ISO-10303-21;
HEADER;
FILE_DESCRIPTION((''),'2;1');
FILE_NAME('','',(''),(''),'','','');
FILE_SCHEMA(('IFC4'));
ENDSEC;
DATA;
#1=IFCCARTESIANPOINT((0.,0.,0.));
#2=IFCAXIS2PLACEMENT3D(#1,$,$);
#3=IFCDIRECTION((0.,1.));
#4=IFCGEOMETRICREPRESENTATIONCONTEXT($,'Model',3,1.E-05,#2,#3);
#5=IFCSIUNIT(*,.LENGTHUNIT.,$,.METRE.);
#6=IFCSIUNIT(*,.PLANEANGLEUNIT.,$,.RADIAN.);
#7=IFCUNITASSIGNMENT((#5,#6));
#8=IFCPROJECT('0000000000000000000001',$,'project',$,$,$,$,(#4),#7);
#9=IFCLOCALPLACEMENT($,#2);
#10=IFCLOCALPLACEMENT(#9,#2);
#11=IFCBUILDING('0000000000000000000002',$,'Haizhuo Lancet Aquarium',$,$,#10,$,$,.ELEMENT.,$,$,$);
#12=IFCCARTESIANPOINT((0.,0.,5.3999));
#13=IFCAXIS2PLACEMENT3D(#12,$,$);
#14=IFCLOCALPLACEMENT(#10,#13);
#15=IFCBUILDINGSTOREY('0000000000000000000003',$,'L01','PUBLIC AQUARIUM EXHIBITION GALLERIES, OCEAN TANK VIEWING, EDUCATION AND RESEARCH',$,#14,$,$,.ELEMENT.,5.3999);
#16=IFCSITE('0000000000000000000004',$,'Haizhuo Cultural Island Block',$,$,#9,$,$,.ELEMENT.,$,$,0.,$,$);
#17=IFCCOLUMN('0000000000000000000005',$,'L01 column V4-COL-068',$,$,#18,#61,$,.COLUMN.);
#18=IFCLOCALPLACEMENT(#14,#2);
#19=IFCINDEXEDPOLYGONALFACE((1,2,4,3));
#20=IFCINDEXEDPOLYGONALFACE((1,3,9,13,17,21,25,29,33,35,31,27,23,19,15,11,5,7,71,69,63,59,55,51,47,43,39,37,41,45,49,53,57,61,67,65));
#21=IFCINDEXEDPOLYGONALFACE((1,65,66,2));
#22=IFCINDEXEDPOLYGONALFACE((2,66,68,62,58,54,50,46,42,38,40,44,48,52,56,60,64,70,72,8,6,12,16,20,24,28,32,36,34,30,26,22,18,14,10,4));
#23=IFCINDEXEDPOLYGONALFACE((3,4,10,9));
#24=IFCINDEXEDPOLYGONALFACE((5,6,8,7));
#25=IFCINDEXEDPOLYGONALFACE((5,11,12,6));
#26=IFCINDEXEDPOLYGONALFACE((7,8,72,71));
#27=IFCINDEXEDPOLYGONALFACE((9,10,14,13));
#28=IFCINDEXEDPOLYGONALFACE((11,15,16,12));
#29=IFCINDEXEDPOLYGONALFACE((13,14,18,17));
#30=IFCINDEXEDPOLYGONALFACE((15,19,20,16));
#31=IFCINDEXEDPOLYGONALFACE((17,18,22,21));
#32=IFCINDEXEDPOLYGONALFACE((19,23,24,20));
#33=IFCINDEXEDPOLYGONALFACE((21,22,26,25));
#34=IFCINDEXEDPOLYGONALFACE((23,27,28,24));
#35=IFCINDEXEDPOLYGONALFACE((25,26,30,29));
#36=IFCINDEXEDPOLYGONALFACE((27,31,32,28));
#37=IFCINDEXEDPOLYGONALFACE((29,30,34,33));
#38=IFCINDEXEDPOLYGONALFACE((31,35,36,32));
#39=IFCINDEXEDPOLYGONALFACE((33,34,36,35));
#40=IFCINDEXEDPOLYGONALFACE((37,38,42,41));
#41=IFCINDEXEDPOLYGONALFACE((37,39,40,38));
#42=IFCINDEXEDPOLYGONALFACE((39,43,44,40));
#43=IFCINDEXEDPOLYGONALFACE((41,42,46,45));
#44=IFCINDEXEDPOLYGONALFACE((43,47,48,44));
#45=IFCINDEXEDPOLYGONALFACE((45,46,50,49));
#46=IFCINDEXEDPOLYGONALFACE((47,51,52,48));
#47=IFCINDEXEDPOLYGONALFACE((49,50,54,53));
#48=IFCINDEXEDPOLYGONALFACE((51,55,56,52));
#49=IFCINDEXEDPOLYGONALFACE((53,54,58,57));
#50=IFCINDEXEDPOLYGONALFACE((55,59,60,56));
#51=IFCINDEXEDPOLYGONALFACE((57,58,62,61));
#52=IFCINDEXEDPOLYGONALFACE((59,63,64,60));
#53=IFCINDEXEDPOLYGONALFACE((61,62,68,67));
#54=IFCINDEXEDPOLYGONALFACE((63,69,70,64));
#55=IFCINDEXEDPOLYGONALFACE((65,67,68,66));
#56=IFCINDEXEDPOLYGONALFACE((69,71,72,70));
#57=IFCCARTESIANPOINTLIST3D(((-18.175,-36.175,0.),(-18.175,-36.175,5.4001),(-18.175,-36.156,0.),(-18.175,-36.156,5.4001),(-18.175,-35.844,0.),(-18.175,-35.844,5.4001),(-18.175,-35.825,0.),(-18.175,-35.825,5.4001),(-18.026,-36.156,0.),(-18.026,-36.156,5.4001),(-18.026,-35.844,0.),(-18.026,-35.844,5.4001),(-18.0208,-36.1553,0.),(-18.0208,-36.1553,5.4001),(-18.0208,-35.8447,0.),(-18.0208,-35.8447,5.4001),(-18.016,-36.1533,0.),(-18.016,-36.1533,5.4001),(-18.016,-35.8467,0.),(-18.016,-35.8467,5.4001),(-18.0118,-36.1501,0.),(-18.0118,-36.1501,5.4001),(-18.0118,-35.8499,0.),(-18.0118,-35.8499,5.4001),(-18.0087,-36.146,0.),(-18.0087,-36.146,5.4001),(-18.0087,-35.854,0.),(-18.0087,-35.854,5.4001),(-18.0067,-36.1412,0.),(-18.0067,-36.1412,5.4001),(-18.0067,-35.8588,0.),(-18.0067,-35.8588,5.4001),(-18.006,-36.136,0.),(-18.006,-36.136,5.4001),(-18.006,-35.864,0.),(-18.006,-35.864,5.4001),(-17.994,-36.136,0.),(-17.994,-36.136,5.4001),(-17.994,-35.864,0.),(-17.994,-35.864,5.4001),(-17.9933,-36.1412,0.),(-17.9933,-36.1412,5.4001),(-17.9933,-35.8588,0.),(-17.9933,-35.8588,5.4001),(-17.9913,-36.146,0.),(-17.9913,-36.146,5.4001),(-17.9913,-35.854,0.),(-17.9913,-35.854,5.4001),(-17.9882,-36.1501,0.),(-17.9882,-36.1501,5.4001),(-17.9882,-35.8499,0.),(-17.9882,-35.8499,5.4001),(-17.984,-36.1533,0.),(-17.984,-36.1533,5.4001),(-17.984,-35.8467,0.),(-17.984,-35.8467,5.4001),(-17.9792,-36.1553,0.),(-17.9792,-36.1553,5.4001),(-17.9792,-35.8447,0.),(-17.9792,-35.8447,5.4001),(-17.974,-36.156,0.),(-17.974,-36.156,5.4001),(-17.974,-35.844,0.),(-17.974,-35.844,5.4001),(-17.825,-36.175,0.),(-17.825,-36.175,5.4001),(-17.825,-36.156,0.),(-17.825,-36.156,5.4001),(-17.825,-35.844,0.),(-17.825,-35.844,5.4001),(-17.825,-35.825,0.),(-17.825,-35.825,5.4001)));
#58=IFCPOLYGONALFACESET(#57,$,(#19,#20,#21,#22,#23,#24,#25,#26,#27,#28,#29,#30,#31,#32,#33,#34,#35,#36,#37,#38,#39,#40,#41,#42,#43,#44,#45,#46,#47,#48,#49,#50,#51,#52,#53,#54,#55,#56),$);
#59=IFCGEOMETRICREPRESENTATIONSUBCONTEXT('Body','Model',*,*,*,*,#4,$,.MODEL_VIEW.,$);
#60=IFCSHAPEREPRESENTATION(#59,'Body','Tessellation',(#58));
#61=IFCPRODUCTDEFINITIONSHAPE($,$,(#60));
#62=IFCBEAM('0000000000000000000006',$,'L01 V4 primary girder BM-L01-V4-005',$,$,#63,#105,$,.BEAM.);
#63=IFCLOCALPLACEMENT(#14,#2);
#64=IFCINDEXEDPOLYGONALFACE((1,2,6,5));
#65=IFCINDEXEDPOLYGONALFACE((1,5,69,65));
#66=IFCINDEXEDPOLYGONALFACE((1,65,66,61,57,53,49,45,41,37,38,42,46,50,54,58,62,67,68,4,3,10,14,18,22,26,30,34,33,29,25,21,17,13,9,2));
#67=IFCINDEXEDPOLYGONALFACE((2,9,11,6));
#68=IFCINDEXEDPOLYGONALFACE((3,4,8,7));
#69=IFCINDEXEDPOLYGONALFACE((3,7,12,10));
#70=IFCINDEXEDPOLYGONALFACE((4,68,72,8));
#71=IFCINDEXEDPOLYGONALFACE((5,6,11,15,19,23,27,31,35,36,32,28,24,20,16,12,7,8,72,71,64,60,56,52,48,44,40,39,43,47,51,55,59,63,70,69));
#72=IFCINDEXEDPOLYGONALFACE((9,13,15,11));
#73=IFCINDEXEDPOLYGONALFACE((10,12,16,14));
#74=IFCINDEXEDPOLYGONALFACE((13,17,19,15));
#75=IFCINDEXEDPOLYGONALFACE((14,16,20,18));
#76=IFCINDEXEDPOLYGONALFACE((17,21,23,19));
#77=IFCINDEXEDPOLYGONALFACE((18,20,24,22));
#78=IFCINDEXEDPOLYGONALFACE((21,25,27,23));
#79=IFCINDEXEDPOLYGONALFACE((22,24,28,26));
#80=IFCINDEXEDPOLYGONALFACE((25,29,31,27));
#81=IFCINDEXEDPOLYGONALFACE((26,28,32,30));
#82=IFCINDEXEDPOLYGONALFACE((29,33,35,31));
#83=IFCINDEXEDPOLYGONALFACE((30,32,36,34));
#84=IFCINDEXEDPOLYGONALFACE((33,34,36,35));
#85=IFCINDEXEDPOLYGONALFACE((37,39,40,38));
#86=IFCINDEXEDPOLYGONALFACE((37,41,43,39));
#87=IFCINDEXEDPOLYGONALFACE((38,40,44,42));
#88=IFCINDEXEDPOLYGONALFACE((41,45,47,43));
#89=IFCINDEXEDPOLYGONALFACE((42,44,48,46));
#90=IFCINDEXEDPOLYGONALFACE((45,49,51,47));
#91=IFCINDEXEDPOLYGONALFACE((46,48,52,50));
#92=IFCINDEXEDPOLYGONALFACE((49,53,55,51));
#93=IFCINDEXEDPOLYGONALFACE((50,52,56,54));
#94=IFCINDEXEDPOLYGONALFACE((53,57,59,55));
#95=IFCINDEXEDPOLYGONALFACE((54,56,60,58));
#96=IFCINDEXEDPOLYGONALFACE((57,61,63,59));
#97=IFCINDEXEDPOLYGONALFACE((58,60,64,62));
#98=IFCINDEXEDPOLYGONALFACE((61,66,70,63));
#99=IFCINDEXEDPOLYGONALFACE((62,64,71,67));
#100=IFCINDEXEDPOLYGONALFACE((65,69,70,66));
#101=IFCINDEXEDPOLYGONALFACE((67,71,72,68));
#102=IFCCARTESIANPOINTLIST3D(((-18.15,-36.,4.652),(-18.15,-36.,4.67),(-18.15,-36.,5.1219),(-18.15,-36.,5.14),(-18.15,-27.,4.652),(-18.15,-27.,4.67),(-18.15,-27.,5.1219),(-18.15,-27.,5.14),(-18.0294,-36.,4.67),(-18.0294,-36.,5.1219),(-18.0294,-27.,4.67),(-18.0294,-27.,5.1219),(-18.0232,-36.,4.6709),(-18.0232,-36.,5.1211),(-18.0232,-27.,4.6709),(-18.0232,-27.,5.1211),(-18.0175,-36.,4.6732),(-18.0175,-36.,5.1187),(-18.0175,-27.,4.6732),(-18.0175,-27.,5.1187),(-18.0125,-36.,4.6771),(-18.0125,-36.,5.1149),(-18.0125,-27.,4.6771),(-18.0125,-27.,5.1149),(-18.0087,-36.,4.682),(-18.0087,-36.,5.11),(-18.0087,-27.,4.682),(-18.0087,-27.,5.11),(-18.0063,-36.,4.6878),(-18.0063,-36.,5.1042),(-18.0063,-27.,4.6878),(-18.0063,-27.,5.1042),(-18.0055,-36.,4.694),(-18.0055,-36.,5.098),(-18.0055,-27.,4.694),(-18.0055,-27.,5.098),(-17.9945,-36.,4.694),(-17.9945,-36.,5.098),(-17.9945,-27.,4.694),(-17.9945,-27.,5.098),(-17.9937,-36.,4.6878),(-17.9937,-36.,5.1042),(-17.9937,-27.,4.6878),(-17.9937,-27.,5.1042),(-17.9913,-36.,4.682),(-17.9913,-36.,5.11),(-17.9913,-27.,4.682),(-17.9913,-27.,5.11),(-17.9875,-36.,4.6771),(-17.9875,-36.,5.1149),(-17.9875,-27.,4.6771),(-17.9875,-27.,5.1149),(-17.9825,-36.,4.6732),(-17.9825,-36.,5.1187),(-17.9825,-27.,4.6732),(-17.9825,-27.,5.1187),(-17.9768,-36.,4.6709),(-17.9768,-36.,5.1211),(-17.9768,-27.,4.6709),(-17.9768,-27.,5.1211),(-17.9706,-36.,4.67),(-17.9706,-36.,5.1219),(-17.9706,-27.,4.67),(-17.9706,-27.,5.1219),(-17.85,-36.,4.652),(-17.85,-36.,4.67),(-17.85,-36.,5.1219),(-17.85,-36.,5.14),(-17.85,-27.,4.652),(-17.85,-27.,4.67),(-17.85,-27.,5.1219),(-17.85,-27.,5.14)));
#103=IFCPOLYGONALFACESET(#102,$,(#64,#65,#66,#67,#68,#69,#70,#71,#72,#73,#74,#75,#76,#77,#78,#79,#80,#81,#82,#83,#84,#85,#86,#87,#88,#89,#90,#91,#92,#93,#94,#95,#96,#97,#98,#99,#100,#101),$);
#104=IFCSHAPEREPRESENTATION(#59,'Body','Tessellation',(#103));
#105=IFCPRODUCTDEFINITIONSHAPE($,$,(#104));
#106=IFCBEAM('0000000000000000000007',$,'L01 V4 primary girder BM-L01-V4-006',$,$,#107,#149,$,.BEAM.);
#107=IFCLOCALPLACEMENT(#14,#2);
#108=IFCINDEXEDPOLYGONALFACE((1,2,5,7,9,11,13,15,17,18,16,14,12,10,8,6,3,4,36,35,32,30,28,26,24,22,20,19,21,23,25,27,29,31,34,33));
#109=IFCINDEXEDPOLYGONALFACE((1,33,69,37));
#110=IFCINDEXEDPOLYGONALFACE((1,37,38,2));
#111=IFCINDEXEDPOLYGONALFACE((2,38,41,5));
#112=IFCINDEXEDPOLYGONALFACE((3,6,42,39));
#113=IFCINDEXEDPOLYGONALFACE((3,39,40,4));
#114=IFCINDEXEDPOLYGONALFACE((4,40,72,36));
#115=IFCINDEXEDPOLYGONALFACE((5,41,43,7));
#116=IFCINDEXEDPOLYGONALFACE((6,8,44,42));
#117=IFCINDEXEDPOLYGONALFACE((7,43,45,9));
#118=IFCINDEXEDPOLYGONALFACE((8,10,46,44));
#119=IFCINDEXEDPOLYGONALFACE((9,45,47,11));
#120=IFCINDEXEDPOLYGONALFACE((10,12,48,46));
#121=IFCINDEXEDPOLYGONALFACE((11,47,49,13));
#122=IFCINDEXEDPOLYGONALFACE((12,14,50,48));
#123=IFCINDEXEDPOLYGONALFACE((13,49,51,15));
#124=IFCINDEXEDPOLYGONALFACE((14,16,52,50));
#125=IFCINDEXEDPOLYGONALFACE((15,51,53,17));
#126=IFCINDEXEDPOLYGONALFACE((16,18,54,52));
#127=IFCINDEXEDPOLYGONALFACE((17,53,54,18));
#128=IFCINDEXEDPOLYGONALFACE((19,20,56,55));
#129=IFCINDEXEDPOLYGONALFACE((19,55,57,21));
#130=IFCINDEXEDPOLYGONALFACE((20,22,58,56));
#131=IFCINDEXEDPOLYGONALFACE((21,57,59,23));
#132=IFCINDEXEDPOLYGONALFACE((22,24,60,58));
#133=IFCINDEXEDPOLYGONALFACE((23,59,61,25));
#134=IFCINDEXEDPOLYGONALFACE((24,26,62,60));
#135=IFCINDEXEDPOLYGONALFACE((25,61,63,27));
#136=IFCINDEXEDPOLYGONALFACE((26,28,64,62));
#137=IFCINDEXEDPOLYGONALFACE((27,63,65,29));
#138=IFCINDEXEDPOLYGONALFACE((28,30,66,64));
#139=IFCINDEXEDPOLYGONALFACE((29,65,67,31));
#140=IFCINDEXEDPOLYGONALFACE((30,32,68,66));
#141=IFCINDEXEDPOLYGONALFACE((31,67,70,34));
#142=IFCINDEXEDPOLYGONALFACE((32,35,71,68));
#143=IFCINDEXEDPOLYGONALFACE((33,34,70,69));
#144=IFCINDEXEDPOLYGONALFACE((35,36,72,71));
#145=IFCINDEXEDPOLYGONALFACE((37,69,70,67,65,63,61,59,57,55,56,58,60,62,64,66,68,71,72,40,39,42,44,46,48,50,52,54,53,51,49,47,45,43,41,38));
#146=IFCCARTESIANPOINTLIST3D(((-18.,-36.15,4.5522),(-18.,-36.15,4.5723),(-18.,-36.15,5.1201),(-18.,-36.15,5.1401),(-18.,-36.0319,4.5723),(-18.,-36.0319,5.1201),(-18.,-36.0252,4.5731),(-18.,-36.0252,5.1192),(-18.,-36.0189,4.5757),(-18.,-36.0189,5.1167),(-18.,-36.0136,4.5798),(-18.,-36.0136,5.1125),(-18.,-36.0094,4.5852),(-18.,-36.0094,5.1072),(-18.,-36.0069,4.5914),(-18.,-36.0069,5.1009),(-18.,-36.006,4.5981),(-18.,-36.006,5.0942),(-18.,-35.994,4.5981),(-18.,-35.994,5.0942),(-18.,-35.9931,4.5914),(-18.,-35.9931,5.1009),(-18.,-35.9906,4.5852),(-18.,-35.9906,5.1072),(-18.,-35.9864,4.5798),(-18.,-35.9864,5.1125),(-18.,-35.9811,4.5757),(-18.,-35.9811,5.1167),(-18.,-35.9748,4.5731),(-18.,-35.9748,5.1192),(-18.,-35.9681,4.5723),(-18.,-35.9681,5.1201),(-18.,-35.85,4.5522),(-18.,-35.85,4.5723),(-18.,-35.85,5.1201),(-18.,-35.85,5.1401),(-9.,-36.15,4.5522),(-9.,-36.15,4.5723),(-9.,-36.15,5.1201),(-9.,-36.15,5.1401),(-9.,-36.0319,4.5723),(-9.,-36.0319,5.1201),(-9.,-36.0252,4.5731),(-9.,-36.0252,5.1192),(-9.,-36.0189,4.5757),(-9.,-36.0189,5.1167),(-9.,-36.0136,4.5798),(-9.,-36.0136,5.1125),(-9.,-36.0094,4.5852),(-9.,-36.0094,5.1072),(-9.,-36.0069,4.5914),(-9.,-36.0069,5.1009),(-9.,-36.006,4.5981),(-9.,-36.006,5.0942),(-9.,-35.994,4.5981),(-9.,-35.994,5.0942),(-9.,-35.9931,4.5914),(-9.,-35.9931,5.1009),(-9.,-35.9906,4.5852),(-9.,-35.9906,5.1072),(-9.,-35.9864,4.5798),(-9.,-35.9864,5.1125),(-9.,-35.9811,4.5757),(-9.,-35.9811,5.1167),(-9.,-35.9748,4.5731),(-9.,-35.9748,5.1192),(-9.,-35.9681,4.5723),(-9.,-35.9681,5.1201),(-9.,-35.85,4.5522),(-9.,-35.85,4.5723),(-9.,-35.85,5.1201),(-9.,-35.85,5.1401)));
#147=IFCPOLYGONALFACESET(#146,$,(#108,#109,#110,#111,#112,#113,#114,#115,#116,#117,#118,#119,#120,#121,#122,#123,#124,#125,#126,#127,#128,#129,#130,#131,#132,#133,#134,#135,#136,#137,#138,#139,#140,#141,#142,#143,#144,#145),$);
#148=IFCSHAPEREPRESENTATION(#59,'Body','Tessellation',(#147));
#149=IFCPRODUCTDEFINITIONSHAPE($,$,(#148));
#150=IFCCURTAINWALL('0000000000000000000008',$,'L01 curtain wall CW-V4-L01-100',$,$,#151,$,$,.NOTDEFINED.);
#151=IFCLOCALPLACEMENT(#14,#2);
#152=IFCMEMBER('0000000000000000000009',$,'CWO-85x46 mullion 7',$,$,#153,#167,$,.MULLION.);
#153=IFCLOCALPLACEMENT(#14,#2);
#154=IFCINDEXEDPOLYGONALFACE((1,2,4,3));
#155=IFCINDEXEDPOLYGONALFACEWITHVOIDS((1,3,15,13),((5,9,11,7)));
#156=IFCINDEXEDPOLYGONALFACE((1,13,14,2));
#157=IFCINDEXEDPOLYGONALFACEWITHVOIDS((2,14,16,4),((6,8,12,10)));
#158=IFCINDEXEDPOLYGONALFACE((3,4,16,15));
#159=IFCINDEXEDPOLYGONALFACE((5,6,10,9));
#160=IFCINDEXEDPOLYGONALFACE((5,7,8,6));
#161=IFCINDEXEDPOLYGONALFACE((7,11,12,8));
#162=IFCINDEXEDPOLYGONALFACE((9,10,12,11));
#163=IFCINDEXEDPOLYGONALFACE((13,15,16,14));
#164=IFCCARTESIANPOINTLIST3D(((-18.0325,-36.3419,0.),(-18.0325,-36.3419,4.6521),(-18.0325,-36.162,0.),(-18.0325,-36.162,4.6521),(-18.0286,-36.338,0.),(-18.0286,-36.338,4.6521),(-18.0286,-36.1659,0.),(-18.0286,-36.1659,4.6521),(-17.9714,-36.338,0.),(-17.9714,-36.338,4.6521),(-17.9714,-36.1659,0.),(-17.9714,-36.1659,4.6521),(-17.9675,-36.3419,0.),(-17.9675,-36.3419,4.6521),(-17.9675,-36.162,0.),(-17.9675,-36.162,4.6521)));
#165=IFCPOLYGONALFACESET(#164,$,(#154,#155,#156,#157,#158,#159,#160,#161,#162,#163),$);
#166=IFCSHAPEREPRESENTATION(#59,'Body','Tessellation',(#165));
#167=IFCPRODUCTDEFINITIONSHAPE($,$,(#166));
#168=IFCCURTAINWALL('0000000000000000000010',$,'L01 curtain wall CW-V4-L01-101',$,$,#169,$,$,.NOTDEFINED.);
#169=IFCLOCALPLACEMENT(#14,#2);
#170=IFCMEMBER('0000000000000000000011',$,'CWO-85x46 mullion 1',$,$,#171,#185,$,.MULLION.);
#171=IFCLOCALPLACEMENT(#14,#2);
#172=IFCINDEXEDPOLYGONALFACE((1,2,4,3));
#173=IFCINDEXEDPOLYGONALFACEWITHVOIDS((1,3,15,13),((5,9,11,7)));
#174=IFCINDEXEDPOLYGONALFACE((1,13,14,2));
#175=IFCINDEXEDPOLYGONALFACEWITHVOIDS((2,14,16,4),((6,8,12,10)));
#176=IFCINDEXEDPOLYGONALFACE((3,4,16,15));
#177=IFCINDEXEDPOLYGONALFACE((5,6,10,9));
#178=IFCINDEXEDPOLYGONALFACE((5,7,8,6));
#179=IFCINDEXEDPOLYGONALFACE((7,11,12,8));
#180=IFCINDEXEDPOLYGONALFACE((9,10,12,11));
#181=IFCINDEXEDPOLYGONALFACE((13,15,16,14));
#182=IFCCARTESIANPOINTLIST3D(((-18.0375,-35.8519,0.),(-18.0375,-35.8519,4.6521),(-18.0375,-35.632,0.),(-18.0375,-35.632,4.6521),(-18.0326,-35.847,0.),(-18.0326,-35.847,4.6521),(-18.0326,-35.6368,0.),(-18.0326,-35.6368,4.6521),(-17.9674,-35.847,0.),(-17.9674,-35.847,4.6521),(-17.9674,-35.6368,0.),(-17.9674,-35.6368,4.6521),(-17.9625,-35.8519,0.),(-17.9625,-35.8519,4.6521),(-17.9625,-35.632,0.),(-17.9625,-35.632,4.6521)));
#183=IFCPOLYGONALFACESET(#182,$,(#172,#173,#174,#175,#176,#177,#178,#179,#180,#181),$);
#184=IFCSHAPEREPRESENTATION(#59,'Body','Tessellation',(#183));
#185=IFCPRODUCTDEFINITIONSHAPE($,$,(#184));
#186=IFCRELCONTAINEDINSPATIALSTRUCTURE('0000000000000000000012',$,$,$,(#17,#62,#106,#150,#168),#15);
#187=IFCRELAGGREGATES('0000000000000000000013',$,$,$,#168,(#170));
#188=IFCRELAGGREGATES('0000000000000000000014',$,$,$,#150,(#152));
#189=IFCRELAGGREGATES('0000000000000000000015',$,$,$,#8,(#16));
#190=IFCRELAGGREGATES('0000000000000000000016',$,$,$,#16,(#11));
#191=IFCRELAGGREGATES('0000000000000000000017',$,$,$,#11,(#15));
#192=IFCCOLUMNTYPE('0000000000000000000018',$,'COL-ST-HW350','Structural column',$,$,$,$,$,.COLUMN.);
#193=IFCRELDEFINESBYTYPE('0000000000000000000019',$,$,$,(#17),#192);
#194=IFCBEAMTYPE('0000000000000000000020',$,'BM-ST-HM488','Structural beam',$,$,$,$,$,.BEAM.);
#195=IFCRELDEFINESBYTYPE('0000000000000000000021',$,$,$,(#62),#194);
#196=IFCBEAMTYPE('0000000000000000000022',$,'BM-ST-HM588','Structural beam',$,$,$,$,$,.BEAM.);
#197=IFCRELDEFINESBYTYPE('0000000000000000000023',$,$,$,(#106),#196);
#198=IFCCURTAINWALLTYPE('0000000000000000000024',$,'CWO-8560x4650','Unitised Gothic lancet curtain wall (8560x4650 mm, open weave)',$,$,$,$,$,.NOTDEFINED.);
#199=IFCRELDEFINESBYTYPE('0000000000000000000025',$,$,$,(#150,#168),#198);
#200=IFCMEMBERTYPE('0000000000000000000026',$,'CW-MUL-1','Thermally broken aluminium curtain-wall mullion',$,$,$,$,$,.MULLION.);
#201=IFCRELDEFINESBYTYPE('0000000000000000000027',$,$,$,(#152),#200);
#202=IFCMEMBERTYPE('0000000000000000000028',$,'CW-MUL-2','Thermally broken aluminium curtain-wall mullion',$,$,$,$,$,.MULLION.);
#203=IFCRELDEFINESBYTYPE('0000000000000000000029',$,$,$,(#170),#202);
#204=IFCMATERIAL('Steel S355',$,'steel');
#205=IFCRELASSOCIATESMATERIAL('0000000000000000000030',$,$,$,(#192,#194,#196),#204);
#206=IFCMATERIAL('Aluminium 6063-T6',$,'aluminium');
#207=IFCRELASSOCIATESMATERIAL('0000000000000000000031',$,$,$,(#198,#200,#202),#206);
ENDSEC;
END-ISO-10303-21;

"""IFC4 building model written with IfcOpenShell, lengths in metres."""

from ifc_helpers import new_model, si_unit, direction, frame, origin, origin_2d, place, context, subcontext, project, spatial, hollow_rectangle, i_section, extrude, material, material_profile, profile_set, type_object, element, aggregate, save


model = new_model("IFC4")

# Units and contexts
model_context = context("Model", 3, precision=1e-05, world=origin(), true_north=direction((0.0, 1.0)))
body_context = subcontext(model_context, "Body", "Model", "MODEL_VIEW")
ifc_project = project(units=[si_unit("LENGTHUNIT", "METRE"), si_unit("PLANEANGLEUNIT", "RADIAN")], contexts=[model_context])

# Site, building, storey
site_placement = place(None, origin())
site = spatial("IfcSite", under=ifc_project, at=site_placement, Name="Haizhuo Cultural Island Block", CompositionType="ELEMENT", RefElevation=0.0)
building_placement = place(site_placement, origin())
building = spatial("IfcBuilding", under=site, at=building_placement, Name="Haizhuo Lancet Aquarium", CompositionType="ELEMENT")
storey_placement = place(building_placement, frame((0.0, 0.0, 5.3999)))
storey = spatial("IfcBuildingStorey", under=building, at=storey_placement, Name="L01", Description="PUBLIC AQUARIUM EXHIBITION GALLERIES, OCEAN TANK VIEWING, EDUCATION AND RESEARCH", CompositionType="ELEMENT", Elevation=5.3999)

# Column
ifc_material_1 = material(Name="Steel S355", Category="steel")
ifc_material_profile_1 = material_profile(ifc_material_1, i_section(OverallWidth=0.3501, OverallDepth=0.3501, WebThickness=0.012, FlangeThickness=0.019, FilletRadius=0.02, at=origin_2d()), Name="HW 350x350x12x19")
ifc_profile_set_1 = profile_set([ifc_material_profile_1], Name="Steel S355")
column_type = type_object("IfcColumnType", Name="COL-ST-HW350", Description="Structural column", PredefinedType="COLUMN", material=ifc_profile_set_1)
column_placement = place(storey_placement, frame((-18.0, -36.0, 0.0), z_axis=(0.0, 0.0, 1.0), x_axis=(1.0, 0.0, 0.0)))
element("IfcColumn", 1, at=column_placement, inside=storey, type_object=column_type, Name="L01 column V4-COL-068", PredefinedType="COLUMN", context=body_context, shape_type="SweptSolid", body=[
    extrude(i_section(OverallWidth=0.3501, OverallDepth=0.3501, WebThickness=0.012, FlangeThickness=0.019, FilletRadius=0.02, at=origin_2d()), origin(), (0.0, 0.0, 1.0), 5.4001),
])

# Beams
ifc_material_profile_2 = material_profile(ifc_material_1, i_section(OverallWidth=0.3, OverallDepth=0.488, WebThickness=0.011, FlangeThickness=0.0181, FilletRadius=0.0239, at=origin_2d()), Name="HM 488x300x11x18")
ifc_profile_set_2 = profile_set([ifc_material_profile_2], Name="Steel S355")
beam_type_1 = type_object("IfcBeamType", Name="BM-ST-HM488", Description="Structural beam", PredefinedType="BEAM", material=ifc_profile_set_2)
beam_1_placement = place(storey_placement, frame((-18.0, -36.0, 4.896), z_axis=(0.0, 1.0, 0.0), x_axis=(-1.0, 0.0, 0.0)))
element("IfcBeam", 2, at=beam_1_placement, inside=storey, type_object=beam_type_1, Name="L01 V4 primary girder BM-L01-V4-005", PredefinedType="BEAM", context=body_context, shape_type="SweptSolid", body=[
    extrude(i_section(OverallWidth=0.3, OverallDepth=0.488, WebThickness=0.011, FlangeThickness=0.0181, FilletRadius=0.0239, at=origin_2d()), origin(), (0.0, 0.0, 1.0), 9.0),
])
ifc_material_profile_3 = material_profile(ifc_material_1, i_section(OverallWidth=0.3, OverallDepth=0.5879, WebThickness=0.012, FlangeThickness=0.02, FilletRadius=0.0259, at=origin_2d()), Name="HM 588x300x12x20")
ifc_profile_set_3 = profile_set([ifc_material_profile_3], Name="Steel S355")
beam_type_2 = type_object("IfcBeamType", Name="BM-ST-HM588", Description="Structural beam", PredefinedType="BEAM", material=ifc_profile_set_3)
beam_2_placement = place(storey_placement, frame((-18.0, -36.0, 4.8462), z_axis=(1.0, 0.0, 0.0), x_axis=(0.0, 1.0, 0.0)))
element("IfcBeam", 3, at=beam_2_placement, inside=storey, type_object=beam_type_2, Name="L01 V4 primary girder BM-L01-V4-006", PredefinedType="BEAM", context=body_context, shape_type="SweptSolid", body=[
    extrude(i_section(OverallWidth=0.3, OverallDepth=0.5879, WebThickness=0.012, FlangeThickness=0.02, FilletRadius=0.0259, at=origin_2d()), origin(), (0.0, 0.0, 1.0), 9.0),
])

# Curtain wall, member
ifc_material_2 = material(Name="Aluminium 6063-T6", Category="aluminium")
curtain_wall_type = type_object("IfcCurtainWallType", Name="CWO-8560x4650", Description="Unitised Gothic lancet curtain wall (8560x4650 mm, open weave)", PredefinedType="NOTDEFINED", material=ifc_material_2)
curtain_wall_1_placement = place(storey_placement, origin())
curtain_wall_1 = element("IfcCurtainWall", 4, at=curtain_wall_1_placement, inside=storey, type_object=curtain_wall_type, Name="L01 curtain wall CW-V4-L01-100", PredefinedType="NOTDEFINED")
ifc_material_profile_4 = material_profile(ifc_material_2, hollow_rectangle(XDim=0.0649, YDim=0.1799, WallThickness=0.0039, at=origin_2d()), Name="ALU-M 65x180x4")
ifc_profile_set_4 = profile_set([ifc_material_profile_4], Name="Aluminium 6063-T6")
member_type_1 = type_object("IfcMemberType", Name="CW-MUL-1", Description="Thermally broken aluminium curtain-wall mullion", PredefinedType="MULLION", material=ifc_profile_set_4)
member_1_placement = place(storey_placement, frame((-18.0, -36.252, 0.0), z_axis=(0.0, 0.0, 1.0), x_axis=(-1.0, 0.0, 0.0)))
member_1 = element("IfcMember", 5, at=member_1_placement, type_object=member_type_1, Name="CWO-85x46 mullion 7", PredefinedType="MULLION", context=body_context, shape_type="SweptSolid", body=[
    extrude(hollow_rectangle(XDim=0.0649, YDim=0.1799, WallThickness=0.0039, at=origin_2d()), origin(), (0.0, 0.0, 1.0), 4.6521),
])

# Curtain wall, member
curtain_wall_2_placement = place(storey_placement, origin())
curtain_wall_2 = element("IfcCurtainWall", 6, at=curtain_wall_2_placement, inside=storey, type_object=curtain_wall_type, Name="L01 curtain wall CW-V4-L01-101", PredefinedType="NOTDEFINED")
ifc_material_profile_5 = material_profile(ifc_material_2, hollow_rectangle(XDim=0.075, YDim=0.22, WallThickness=0.0049, at=origin_2d()), Name="ALU-M 75x220x5")
ifc_profile_set_5 = profile_set([ifc_material_profile_5], Name="Aluminium 6063-T6")
member_type_2 = type_object("IfcMemberType", Name="CW-MUL-2", Description="Thermally broken aluminium curtain-wall mullion", PredefinedType="MULLION", material=ifc_profile_set_5)
member_2_placement = place(storey_placement, frame((-18.0, -35.7419, 0.0), z_axis=(0.0, 0.0, 1.0), x_axis=(-1.0, 0.0, 0.0)))
member_2 = element("IfcMember", 7, at=member_2_placement, type_object=member_type_2, Name="CWO-85x46 mullion 1", PredefinedType="MULLION", context=body_context, shape_type="SweptSolid", body=[
    extrude(hollow_rectangle(XDim=0.075, YDim=0.22, WallThickness=0.0049, at=origin_2d()), origin(), (0.0, 0.0, 1.0), 4.6521),
])

aggregate(curtain_wall_2, [member_2])
aggregate(curtain_wall_1, [member_1])

save(model, "model.ifc")
